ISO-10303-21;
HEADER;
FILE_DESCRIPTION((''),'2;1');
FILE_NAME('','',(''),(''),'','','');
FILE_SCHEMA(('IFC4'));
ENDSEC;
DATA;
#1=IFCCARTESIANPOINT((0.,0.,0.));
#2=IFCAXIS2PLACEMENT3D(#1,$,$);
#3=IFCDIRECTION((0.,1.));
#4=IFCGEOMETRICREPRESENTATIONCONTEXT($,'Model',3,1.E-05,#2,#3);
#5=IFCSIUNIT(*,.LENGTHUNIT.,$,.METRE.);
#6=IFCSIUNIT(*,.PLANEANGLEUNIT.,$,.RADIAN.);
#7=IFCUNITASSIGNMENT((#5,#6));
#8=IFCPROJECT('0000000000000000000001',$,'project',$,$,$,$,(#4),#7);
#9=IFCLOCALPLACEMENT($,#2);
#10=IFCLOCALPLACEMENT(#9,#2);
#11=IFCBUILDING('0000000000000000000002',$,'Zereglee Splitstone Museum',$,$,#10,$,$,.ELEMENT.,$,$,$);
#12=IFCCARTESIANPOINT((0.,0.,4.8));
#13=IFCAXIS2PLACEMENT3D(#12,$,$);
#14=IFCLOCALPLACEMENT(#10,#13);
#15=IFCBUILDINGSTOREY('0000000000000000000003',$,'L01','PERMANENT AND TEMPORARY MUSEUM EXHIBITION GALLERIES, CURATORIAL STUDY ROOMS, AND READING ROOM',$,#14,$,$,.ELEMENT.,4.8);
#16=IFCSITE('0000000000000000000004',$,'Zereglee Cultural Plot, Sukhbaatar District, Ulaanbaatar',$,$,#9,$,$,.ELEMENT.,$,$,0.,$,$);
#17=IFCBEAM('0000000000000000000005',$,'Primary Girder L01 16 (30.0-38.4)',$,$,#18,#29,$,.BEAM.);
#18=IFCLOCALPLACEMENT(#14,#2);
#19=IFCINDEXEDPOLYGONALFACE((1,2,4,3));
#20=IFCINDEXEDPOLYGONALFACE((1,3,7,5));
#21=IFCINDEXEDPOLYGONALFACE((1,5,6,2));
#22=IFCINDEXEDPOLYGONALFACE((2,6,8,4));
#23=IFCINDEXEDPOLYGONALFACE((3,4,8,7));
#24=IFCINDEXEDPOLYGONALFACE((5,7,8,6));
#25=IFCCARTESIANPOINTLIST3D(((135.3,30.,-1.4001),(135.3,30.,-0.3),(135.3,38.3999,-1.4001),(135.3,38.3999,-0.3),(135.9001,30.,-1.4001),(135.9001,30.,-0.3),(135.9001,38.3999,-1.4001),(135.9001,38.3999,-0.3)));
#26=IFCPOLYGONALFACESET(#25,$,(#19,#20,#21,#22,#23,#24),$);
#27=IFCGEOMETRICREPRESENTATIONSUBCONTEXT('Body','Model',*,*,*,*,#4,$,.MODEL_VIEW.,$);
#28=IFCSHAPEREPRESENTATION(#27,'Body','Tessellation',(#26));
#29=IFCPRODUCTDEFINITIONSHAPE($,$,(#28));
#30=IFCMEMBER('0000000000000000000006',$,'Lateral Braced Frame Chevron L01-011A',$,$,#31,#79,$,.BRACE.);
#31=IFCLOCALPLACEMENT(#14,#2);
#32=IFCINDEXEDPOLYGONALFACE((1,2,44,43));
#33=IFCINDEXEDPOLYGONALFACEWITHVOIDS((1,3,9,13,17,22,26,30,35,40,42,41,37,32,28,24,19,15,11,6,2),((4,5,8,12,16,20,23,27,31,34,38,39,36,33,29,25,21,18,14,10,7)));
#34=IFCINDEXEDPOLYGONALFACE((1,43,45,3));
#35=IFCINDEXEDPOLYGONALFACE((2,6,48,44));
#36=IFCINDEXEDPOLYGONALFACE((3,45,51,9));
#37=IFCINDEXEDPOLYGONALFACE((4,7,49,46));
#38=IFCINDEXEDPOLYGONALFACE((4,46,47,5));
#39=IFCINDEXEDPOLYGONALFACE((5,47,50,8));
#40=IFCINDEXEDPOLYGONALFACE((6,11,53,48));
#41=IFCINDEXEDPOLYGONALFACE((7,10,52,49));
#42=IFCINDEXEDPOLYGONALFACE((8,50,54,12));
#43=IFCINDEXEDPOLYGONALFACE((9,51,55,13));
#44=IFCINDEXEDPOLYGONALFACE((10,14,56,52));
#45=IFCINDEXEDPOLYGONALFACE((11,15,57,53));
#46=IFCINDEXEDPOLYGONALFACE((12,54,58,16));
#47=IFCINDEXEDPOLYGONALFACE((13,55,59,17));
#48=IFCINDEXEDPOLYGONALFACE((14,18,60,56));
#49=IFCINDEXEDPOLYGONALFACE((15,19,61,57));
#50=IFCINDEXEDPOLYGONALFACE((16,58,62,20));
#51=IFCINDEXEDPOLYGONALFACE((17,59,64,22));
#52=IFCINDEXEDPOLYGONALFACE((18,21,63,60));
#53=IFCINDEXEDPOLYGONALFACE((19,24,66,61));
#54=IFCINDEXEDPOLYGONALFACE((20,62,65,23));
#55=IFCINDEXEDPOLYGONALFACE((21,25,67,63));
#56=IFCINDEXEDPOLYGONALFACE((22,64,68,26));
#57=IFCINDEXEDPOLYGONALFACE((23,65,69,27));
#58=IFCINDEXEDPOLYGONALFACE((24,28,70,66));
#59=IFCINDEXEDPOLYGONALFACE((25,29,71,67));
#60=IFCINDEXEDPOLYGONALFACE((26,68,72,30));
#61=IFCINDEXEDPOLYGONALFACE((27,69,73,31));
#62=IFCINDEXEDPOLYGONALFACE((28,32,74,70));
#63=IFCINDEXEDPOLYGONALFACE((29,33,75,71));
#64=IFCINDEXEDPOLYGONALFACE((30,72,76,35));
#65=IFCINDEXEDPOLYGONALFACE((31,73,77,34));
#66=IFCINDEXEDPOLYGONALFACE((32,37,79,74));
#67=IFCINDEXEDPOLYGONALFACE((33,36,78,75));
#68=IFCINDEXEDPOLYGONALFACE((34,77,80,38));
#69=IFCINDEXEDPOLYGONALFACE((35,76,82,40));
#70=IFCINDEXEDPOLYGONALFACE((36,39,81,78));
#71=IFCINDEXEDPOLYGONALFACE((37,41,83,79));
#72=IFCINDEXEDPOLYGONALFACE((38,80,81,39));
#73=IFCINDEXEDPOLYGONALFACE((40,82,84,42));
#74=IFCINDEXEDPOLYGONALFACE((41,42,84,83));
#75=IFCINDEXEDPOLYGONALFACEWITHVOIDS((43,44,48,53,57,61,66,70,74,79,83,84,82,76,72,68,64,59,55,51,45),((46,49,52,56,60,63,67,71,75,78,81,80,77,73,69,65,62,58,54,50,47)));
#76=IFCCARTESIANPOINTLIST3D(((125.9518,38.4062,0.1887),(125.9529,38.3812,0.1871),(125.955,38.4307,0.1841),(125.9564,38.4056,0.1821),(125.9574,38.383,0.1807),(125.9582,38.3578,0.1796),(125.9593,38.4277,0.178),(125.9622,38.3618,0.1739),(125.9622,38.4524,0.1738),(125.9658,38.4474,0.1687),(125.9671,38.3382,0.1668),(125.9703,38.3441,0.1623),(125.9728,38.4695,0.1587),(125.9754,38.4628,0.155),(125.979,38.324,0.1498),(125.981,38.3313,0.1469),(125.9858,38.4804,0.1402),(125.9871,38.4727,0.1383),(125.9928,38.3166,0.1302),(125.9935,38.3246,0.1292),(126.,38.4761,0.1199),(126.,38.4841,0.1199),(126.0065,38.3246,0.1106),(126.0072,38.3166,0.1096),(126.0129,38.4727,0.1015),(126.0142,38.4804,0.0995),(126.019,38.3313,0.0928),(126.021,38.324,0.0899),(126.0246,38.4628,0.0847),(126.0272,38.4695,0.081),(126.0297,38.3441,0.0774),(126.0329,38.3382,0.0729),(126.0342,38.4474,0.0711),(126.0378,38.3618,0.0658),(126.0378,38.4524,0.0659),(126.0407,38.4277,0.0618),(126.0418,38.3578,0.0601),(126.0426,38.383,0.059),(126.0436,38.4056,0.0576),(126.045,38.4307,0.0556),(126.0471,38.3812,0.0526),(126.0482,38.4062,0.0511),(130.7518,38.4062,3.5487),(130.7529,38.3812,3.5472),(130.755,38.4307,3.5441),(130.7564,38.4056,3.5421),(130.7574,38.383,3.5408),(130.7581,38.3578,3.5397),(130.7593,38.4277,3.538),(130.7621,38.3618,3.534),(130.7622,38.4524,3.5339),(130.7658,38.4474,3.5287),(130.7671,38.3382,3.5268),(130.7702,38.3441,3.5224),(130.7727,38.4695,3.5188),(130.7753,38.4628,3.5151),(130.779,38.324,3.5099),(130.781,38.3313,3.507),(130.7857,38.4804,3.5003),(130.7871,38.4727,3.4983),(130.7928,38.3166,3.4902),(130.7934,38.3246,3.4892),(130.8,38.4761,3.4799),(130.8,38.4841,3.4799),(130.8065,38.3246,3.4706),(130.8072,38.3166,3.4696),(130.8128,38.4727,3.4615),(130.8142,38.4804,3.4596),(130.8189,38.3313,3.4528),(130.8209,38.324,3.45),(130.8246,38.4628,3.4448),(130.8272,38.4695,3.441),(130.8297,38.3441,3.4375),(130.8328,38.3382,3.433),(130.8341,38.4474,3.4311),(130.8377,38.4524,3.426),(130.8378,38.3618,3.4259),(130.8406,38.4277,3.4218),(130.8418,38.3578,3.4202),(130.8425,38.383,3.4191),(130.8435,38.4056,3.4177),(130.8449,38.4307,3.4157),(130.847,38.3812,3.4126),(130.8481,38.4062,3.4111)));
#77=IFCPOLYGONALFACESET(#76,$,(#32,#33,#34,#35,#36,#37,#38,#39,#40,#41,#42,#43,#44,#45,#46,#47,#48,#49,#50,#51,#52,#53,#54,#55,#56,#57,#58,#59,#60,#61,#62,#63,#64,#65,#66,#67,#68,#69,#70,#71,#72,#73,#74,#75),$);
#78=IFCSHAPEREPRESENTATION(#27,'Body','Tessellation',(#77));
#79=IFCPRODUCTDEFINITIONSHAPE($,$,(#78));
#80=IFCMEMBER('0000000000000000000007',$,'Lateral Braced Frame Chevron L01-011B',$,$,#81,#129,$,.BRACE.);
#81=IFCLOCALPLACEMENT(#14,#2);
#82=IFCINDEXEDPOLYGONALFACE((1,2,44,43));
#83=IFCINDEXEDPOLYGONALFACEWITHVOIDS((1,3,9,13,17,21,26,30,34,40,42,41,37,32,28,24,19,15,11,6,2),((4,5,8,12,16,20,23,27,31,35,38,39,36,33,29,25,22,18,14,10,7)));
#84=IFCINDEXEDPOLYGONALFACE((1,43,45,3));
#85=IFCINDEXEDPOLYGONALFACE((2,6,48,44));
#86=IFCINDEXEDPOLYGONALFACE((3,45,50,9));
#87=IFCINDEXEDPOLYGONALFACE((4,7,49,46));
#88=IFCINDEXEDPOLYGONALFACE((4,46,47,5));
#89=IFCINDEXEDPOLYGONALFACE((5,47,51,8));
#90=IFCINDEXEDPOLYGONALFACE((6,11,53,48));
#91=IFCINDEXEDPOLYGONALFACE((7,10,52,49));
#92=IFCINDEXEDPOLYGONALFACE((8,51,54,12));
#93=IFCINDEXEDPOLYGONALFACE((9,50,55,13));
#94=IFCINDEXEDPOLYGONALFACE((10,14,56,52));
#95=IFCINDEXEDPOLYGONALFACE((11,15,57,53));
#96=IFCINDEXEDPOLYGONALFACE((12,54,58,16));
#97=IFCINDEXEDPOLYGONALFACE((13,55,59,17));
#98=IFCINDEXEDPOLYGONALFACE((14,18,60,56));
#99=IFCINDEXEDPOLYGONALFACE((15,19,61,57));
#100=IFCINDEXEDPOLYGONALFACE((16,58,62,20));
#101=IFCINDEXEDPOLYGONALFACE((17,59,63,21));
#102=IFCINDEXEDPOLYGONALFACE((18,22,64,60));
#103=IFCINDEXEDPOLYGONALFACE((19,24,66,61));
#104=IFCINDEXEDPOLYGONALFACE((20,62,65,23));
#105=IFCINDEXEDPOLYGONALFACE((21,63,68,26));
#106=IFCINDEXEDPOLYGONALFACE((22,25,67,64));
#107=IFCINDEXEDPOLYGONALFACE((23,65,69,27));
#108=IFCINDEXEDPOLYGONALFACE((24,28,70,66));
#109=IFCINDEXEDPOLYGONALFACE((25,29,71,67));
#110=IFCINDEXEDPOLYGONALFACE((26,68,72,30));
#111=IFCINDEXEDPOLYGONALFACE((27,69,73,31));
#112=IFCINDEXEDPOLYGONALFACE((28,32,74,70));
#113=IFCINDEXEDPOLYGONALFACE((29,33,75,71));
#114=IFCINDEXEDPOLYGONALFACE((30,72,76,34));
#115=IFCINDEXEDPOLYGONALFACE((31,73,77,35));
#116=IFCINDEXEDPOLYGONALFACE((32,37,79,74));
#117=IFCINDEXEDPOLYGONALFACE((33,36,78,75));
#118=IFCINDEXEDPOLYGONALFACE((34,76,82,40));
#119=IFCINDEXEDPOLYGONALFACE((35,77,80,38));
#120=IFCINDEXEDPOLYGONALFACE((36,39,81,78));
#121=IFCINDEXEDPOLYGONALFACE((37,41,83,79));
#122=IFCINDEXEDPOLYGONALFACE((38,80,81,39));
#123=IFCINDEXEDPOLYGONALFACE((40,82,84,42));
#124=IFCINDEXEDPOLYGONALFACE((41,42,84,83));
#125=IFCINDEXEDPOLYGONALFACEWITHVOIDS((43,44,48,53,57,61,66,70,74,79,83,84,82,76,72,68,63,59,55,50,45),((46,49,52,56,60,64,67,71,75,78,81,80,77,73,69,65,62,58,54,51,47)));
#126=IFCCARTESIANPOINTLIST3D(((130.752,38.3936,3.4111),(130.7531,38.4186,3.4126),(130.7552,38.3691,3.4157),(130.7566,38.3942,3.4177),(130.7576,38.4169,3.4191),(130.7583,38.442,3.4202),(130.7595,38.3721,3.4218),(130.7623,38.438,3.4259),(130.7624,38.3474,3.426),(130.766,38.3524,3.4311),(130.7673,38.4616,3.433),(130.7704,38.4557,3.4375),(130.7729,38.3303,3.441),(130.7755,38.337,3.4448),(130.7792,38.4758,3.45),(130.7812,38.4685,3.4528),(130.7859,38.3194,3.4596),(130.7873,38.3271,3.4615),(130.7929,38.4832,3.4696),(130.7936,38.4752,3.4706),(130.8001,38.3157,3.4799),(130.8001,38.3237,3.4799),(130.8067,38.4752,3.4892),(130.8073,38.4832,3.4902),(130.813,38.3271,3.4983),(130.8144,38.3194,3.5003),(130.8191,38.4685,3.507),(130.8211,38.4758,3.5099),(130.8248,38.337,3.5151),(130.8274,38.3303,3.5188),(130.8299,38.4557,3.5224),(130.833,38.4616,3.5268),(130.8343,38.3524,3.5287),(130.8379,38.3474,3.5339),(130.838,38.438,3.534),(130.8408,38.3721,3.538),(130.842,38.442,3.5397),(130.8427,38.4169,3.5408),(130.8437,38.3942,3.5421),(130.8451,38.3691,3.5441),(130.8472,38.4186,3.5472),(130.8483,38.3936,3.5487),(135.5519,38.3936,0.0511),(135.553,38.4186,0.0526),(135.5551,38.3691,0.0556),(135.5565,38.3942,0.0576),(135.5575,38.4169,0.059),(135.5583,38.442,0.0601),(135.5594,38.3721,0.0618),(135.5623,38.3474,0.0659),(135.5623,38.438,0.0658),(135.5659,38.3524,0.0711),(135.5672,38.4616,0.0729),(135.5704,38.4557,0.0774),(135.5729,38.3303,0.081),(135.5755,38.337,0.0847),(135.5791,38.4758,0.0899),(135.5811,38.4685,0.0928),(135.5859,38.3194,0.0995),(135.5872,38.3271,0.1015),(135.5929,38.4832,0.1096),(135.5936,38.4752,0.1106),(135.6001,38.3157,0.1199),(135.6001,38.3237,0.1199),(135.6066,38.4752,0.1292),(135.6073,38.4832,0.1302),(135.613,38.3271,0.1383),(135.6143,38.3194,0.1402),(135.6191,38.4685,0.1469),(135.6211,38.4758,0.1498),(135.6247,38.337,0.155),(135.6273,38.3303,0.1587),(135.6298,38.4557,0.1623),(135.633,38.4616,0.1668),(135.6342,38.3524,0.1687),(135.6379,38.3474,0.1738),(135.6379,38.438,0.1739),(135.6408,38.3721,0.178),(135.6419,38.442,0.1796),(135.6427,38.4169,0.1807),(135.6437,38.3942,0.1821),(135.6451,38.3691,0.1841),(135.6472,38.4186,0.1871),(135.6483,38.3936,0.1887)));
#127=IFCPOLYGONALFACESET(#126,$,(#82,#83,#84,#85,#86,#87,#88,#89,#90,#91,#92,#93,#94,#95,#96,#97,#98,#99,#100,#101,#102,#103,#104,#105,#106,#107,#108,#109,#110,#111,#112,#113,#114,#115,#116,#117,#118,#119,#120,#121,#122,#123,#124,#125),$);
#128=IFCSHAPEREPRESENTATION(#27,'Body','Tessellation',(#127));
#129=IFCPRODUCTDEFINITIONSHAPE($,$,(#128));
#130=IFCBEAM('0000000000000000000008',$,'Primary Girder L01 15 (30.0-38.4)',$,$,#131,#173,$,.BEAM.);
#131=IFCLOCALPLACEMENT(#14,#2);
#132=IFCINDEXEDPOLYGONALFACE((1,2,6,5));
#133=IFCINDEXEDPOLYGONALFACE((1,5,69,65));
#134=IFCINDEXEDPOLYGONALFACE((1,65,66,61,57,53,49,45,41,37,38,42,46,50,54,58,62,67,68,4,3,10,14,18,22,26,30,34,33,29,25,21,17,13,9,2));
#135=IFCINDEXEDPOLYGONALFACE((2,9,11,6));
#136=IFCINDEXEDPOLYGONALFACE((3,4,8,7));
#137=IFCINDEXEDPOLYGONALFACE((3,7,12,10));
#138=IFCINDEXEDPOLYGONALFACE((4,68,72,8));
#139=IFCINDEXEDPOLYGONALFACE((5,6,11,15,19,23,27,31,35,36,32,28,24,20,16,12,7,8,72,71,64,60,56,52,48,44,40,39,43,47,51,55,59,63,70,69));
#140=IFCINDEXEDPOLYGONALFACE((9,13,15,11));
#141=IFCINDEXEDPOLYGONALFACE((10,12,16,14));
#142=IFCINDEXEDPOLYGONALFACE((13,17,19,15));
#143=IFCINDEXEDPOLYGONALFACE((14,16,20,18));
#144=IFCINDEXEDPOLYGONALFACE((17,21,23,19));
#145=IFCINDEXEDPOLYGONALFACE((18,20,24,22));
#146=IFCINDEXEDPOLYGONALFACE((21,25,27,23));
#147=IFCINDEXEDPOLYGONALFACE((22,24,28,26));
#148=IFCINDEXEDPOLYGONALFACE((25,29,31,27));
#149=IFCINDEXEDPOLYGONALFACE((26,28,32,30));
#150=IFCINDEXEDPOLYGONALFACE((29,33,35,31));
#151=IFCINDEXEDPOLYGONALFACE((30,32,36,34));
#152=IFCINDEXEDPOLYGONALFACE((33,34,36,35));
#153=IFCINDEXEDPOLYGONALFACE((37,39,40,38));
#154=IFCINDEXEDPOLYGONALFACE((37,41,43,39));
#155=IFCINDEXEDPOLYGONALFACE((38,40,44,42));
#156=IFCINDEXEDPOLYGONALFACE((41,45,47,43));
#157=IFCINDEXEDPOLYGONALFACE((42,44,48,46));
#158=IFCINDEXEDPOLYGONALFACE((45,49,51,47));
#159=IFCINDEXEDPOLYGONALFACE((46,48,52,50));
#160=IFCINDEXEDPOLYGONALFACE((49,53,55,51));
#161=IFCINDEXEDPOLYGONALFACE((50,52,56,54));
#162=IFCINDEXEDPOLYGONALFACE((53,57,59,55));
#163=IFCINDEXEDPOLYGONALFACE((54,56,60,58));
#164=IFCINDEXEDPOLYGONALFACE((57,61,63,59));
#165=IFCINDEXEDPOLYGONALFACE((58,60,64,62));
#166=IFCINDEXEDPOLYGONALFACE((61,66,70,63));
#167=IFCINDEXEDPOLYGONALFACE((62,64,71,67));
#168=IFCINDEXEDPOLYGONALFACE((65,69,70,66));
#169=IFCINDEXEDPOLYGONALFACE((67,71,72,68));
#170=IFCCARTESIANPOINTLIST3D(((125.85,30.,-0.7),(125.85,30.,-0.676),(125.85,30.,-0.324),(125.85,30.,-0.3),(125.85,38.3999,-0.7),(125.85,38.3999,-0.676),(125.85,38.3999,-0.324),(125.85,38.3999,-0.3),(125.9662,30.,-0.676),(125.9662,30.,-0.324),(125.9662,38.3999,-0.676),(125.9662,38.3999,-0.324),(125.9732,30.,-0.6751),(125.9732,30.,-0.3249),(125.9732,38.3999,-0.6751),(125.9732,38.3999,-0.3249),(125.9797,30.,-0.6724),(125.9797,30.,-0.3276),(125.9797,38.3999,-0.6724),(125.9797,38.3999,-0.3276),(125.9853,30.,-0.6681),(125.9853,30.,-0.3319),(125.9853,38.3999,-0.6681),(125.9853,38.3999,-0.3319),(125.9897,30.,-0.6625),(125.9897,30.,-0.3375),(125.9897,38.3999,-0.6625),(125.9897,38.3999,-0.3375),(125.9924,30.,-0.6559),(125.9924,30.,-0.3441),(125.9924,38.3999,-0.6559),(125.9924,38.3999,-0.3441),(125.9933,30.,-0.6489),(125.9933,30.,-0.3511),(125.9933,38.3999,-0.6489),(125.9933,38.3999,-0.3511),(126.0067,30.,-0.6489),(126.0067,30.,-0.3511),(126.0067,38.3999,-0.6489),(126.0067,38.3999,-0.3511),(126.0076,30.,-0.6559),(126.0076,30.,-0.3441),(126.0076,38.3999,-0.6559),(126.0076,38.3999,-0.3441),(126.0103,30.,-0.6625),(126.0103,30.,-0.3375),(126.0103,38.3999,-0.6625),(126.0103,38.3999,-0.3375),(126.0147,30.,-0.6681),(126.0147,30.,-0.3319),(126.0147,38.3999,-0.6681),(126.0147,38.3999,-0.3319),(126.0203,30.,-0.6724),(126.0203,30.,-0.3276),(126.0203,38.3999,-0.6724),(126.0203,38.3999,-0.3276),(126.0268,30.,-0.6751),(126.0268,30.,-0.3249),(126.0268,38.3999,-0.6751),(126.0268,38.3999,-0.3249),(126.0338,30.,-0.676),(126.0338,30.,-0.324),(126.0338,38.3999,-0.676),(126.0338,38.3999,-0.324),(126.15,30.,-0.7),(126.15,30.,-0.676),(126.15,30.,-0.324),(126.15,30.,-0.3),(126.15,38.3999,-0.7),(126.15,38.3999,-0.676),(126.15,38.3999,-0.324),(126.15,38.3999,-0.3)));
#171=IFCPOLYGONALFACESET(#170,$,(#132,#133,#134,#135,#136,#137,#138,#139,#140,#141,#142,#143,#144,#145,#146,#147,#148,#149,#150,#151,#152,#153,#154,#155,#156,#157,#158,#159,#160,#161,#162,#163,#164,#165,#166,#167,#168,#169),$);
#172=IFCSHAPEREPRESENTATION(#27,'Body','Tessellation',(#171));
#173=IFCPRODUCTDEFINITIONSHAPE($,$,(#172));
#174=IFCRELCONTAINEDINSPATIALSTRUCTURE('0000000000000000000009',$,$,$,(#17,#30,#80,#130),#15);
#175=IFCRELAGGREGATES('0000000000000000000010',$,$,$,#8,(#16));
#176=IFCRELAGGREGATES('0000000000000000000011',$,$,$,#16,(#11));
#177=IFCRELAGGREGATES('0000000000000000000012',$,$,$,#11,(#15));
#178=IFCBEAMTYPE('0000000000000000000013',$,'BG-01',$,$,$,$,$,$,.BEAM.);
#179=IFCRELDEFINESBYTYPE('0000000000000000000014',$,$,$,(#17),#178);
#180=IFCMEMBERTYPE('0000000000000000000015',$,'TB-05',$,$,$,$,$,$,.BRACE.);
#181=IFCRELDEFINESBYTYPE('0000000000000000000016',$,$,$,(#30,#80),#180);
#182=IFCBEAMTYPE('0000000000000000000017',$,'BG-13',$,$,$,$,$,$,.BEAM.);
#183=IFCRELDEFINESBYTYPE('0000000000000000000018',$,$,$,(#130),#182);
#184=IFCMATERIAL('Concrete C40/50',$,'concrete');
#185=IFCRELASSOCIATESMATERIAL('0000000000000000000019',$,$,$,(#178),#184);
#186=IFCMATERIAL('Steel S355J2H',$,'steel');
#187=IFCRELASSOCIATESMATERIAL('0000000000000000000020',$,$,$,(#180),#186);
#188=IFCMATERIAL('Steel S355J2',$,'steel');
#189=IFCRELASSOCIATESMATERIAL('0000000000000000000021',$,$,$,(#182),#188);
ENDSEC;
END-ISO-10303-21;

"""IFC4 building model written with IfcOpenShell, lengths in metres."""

from ifc_helpers import new_model, si_unit, direction, frame, origin, origin_2d, place, context, subcontext, project, spatial, rectangle, hollow_circle, i_section, extrude, material, material_profile, profile_set, type_object, element, save


model = new_model("IFC4")

# Units and contexts
model_context = context("Model", 3, precision=1e-05, world=origin(), true_north=direction((0.0, 1.0)))
body_context = subcontext(model_context, "Body", "Model", "MODEL_VIEW")
ifc_project = project(units=[si_unit("LENGTHUNIT", "METRE"), si_unit("PLANEANGLEUNIT", "RADIAN")], contexts=[model_context])

# Site, building, storey
site_placement = place(None, origin())
site = spatial("IfcSite", under=ifc_project, at=site_placement, Name="Zereglee Cultural Plot, Sukhbaatar District, Ulaanbaatar", CompositionType="ELEMENT", RefElevation=0.0)
building_placement = place(site_placement, origin())
building = spatial("IfcBuilding", under=site, at=building_placement, Name="Zereglee Splitstone Museum", CompositionType="ELEMENT")
storey_placement = place(building_placement, frame((0.0, 0.0, 4.8)))
storey = spatial("IfcBuildingStorey", under=building, at=storey_placement, Name="L01", Description="PERMANENT AND TEMPORARY MUSEUM EXHIBITION GALLERIES, CURATORIAL STUDY ROOMS, AND READING ROOM", CompositionType="ELEMENT", Elevation=4.8)

# Shared definitions
ifc_material_1 = material(Name="Steel S355J2", Category="steel")
ifc_material_2 = material(Name="Steel S355J2H", Category="steel")

# Beam
ifc_material_3 = material(Name="Concrete C40/50", Category="concrete")
ifc_material_profile_1 = material_profile(ifc_material_3, rectangle(XDim=0.6001, YDim=1.1001, at=origin_2d()), Name="RC 600x1100")
ifc_profile_set_1 = profile_set([ifc_material_profile_1], Name="Concrete C40/50")
beam_type_1 = type_object("IfcBeamType", Name="BG-01", PredefinedType="BEAM", material=ifc_profile_set_1)
beam_1_placement = place(storey_placement, frame((135.6001, 30.0, -0.8501), z_axis=(0.0, 1.0, 0.0), x_axis=(-1.0, 0.0, 0.0)))
element("IfcBeam", 1, at=beam_1_placement, inside=storey, type_object=beam_type_1, Name="Primary Girder L01 16 (30.0-38.4)", PredefinedType="BEAM", context=body_context, shape_type="SweptSolid", body=[
    extrude(rectangle(XDim=0.6001, YDim=1.1001, at=origin_2d()), origin(), (0.0, 0.0, 1.0), 8.3999),
])

# Members
ifc_material_profile_2 = material_profile(ifc_material_2, hollow_circle(Radius=0.0842, WallThickness=0.0081, at=origin_2d()), Name="CHS 168.3x8")
ifc_profile_set_2 = profile_set([ifc_material_profile_2], Name="Steel S355J2H")
member_type = type_object("IfcMemberType", Name="TB-05", PredefinedType="BRACE", material=ifc_profile_set_2)
for number, where, z_axis, x_axis, name in (
    (2, (126.0, 38.3999, 0.1199), (0.819226, 0.0, 0.573471), (0.0, 1.0, 0.0), "Lateral Braced Frame Chevron L01-011A"),
    (3, (135.6001, 38.3999, 0.1199), (-0.819226, 0.0, 0.573471), (0.0, -1.0, 0.0), "Lateral Braced Frame Chevron L01-011B"),
):
    element("IfcMember", number, at=place(storey_placement, frame(where, z_axis=z_axis, x_axis=x_axis)), inside=storey, type_object=member_type, Name=name, PredefinedType="BRACE", context=body_context, shape_type="SweptSolid", body=[
        extrude(hollow_circle(Radius=0.0842, WallThickness=0.0081, at=origin_2d()), origin(), (0.0, 0.0, 1.0), 5.8591),
    ])

# Beam
ifc_material_profile_3 = material_profile(ifc_material_1, i_section(OverallWidth=0.3, OverallDepth=0.3999, WebThickness=0.0134, FlangeThickness=0.0239, FilletRadius=0.0271, at=origin_2d()), Name="HE 400 B")
ifc_profile_set_3 = profile_set([ifc_material_profile_3], Name="Steel S355J2")
beam_type_2 = type_object("IfcBeamType", Name="BG-13", PredefinedType="BEAM", material=ifc_profile_set_3)
beam_2_placement = place(storey_placement, frame((126.0, 30.0, -0.5), z_axis=(0.0, 1.0, 0.0), x_axis=(-1.0, 0.0, 0.0)))
element("IfcBeam", 4, at=beam_2_placement, inside=storey, type_object=beam_type_2, Name="Primary Girder L01 15 (30.0-38.4)", PredefinedType="BEAM", context=body_context, shape_type="SweptSolid", body=[
    extrude(i_section(OverallWidth=0.3, OverallDepth=0.3999, WebThickness=0.0134, FlangeThickness=0.0239, FilletRadius=0.0271, at=origin_2d()), origin(), (0.0, 0.0, 1.0), 8.3999),
])

save(model, "model.ifc")
